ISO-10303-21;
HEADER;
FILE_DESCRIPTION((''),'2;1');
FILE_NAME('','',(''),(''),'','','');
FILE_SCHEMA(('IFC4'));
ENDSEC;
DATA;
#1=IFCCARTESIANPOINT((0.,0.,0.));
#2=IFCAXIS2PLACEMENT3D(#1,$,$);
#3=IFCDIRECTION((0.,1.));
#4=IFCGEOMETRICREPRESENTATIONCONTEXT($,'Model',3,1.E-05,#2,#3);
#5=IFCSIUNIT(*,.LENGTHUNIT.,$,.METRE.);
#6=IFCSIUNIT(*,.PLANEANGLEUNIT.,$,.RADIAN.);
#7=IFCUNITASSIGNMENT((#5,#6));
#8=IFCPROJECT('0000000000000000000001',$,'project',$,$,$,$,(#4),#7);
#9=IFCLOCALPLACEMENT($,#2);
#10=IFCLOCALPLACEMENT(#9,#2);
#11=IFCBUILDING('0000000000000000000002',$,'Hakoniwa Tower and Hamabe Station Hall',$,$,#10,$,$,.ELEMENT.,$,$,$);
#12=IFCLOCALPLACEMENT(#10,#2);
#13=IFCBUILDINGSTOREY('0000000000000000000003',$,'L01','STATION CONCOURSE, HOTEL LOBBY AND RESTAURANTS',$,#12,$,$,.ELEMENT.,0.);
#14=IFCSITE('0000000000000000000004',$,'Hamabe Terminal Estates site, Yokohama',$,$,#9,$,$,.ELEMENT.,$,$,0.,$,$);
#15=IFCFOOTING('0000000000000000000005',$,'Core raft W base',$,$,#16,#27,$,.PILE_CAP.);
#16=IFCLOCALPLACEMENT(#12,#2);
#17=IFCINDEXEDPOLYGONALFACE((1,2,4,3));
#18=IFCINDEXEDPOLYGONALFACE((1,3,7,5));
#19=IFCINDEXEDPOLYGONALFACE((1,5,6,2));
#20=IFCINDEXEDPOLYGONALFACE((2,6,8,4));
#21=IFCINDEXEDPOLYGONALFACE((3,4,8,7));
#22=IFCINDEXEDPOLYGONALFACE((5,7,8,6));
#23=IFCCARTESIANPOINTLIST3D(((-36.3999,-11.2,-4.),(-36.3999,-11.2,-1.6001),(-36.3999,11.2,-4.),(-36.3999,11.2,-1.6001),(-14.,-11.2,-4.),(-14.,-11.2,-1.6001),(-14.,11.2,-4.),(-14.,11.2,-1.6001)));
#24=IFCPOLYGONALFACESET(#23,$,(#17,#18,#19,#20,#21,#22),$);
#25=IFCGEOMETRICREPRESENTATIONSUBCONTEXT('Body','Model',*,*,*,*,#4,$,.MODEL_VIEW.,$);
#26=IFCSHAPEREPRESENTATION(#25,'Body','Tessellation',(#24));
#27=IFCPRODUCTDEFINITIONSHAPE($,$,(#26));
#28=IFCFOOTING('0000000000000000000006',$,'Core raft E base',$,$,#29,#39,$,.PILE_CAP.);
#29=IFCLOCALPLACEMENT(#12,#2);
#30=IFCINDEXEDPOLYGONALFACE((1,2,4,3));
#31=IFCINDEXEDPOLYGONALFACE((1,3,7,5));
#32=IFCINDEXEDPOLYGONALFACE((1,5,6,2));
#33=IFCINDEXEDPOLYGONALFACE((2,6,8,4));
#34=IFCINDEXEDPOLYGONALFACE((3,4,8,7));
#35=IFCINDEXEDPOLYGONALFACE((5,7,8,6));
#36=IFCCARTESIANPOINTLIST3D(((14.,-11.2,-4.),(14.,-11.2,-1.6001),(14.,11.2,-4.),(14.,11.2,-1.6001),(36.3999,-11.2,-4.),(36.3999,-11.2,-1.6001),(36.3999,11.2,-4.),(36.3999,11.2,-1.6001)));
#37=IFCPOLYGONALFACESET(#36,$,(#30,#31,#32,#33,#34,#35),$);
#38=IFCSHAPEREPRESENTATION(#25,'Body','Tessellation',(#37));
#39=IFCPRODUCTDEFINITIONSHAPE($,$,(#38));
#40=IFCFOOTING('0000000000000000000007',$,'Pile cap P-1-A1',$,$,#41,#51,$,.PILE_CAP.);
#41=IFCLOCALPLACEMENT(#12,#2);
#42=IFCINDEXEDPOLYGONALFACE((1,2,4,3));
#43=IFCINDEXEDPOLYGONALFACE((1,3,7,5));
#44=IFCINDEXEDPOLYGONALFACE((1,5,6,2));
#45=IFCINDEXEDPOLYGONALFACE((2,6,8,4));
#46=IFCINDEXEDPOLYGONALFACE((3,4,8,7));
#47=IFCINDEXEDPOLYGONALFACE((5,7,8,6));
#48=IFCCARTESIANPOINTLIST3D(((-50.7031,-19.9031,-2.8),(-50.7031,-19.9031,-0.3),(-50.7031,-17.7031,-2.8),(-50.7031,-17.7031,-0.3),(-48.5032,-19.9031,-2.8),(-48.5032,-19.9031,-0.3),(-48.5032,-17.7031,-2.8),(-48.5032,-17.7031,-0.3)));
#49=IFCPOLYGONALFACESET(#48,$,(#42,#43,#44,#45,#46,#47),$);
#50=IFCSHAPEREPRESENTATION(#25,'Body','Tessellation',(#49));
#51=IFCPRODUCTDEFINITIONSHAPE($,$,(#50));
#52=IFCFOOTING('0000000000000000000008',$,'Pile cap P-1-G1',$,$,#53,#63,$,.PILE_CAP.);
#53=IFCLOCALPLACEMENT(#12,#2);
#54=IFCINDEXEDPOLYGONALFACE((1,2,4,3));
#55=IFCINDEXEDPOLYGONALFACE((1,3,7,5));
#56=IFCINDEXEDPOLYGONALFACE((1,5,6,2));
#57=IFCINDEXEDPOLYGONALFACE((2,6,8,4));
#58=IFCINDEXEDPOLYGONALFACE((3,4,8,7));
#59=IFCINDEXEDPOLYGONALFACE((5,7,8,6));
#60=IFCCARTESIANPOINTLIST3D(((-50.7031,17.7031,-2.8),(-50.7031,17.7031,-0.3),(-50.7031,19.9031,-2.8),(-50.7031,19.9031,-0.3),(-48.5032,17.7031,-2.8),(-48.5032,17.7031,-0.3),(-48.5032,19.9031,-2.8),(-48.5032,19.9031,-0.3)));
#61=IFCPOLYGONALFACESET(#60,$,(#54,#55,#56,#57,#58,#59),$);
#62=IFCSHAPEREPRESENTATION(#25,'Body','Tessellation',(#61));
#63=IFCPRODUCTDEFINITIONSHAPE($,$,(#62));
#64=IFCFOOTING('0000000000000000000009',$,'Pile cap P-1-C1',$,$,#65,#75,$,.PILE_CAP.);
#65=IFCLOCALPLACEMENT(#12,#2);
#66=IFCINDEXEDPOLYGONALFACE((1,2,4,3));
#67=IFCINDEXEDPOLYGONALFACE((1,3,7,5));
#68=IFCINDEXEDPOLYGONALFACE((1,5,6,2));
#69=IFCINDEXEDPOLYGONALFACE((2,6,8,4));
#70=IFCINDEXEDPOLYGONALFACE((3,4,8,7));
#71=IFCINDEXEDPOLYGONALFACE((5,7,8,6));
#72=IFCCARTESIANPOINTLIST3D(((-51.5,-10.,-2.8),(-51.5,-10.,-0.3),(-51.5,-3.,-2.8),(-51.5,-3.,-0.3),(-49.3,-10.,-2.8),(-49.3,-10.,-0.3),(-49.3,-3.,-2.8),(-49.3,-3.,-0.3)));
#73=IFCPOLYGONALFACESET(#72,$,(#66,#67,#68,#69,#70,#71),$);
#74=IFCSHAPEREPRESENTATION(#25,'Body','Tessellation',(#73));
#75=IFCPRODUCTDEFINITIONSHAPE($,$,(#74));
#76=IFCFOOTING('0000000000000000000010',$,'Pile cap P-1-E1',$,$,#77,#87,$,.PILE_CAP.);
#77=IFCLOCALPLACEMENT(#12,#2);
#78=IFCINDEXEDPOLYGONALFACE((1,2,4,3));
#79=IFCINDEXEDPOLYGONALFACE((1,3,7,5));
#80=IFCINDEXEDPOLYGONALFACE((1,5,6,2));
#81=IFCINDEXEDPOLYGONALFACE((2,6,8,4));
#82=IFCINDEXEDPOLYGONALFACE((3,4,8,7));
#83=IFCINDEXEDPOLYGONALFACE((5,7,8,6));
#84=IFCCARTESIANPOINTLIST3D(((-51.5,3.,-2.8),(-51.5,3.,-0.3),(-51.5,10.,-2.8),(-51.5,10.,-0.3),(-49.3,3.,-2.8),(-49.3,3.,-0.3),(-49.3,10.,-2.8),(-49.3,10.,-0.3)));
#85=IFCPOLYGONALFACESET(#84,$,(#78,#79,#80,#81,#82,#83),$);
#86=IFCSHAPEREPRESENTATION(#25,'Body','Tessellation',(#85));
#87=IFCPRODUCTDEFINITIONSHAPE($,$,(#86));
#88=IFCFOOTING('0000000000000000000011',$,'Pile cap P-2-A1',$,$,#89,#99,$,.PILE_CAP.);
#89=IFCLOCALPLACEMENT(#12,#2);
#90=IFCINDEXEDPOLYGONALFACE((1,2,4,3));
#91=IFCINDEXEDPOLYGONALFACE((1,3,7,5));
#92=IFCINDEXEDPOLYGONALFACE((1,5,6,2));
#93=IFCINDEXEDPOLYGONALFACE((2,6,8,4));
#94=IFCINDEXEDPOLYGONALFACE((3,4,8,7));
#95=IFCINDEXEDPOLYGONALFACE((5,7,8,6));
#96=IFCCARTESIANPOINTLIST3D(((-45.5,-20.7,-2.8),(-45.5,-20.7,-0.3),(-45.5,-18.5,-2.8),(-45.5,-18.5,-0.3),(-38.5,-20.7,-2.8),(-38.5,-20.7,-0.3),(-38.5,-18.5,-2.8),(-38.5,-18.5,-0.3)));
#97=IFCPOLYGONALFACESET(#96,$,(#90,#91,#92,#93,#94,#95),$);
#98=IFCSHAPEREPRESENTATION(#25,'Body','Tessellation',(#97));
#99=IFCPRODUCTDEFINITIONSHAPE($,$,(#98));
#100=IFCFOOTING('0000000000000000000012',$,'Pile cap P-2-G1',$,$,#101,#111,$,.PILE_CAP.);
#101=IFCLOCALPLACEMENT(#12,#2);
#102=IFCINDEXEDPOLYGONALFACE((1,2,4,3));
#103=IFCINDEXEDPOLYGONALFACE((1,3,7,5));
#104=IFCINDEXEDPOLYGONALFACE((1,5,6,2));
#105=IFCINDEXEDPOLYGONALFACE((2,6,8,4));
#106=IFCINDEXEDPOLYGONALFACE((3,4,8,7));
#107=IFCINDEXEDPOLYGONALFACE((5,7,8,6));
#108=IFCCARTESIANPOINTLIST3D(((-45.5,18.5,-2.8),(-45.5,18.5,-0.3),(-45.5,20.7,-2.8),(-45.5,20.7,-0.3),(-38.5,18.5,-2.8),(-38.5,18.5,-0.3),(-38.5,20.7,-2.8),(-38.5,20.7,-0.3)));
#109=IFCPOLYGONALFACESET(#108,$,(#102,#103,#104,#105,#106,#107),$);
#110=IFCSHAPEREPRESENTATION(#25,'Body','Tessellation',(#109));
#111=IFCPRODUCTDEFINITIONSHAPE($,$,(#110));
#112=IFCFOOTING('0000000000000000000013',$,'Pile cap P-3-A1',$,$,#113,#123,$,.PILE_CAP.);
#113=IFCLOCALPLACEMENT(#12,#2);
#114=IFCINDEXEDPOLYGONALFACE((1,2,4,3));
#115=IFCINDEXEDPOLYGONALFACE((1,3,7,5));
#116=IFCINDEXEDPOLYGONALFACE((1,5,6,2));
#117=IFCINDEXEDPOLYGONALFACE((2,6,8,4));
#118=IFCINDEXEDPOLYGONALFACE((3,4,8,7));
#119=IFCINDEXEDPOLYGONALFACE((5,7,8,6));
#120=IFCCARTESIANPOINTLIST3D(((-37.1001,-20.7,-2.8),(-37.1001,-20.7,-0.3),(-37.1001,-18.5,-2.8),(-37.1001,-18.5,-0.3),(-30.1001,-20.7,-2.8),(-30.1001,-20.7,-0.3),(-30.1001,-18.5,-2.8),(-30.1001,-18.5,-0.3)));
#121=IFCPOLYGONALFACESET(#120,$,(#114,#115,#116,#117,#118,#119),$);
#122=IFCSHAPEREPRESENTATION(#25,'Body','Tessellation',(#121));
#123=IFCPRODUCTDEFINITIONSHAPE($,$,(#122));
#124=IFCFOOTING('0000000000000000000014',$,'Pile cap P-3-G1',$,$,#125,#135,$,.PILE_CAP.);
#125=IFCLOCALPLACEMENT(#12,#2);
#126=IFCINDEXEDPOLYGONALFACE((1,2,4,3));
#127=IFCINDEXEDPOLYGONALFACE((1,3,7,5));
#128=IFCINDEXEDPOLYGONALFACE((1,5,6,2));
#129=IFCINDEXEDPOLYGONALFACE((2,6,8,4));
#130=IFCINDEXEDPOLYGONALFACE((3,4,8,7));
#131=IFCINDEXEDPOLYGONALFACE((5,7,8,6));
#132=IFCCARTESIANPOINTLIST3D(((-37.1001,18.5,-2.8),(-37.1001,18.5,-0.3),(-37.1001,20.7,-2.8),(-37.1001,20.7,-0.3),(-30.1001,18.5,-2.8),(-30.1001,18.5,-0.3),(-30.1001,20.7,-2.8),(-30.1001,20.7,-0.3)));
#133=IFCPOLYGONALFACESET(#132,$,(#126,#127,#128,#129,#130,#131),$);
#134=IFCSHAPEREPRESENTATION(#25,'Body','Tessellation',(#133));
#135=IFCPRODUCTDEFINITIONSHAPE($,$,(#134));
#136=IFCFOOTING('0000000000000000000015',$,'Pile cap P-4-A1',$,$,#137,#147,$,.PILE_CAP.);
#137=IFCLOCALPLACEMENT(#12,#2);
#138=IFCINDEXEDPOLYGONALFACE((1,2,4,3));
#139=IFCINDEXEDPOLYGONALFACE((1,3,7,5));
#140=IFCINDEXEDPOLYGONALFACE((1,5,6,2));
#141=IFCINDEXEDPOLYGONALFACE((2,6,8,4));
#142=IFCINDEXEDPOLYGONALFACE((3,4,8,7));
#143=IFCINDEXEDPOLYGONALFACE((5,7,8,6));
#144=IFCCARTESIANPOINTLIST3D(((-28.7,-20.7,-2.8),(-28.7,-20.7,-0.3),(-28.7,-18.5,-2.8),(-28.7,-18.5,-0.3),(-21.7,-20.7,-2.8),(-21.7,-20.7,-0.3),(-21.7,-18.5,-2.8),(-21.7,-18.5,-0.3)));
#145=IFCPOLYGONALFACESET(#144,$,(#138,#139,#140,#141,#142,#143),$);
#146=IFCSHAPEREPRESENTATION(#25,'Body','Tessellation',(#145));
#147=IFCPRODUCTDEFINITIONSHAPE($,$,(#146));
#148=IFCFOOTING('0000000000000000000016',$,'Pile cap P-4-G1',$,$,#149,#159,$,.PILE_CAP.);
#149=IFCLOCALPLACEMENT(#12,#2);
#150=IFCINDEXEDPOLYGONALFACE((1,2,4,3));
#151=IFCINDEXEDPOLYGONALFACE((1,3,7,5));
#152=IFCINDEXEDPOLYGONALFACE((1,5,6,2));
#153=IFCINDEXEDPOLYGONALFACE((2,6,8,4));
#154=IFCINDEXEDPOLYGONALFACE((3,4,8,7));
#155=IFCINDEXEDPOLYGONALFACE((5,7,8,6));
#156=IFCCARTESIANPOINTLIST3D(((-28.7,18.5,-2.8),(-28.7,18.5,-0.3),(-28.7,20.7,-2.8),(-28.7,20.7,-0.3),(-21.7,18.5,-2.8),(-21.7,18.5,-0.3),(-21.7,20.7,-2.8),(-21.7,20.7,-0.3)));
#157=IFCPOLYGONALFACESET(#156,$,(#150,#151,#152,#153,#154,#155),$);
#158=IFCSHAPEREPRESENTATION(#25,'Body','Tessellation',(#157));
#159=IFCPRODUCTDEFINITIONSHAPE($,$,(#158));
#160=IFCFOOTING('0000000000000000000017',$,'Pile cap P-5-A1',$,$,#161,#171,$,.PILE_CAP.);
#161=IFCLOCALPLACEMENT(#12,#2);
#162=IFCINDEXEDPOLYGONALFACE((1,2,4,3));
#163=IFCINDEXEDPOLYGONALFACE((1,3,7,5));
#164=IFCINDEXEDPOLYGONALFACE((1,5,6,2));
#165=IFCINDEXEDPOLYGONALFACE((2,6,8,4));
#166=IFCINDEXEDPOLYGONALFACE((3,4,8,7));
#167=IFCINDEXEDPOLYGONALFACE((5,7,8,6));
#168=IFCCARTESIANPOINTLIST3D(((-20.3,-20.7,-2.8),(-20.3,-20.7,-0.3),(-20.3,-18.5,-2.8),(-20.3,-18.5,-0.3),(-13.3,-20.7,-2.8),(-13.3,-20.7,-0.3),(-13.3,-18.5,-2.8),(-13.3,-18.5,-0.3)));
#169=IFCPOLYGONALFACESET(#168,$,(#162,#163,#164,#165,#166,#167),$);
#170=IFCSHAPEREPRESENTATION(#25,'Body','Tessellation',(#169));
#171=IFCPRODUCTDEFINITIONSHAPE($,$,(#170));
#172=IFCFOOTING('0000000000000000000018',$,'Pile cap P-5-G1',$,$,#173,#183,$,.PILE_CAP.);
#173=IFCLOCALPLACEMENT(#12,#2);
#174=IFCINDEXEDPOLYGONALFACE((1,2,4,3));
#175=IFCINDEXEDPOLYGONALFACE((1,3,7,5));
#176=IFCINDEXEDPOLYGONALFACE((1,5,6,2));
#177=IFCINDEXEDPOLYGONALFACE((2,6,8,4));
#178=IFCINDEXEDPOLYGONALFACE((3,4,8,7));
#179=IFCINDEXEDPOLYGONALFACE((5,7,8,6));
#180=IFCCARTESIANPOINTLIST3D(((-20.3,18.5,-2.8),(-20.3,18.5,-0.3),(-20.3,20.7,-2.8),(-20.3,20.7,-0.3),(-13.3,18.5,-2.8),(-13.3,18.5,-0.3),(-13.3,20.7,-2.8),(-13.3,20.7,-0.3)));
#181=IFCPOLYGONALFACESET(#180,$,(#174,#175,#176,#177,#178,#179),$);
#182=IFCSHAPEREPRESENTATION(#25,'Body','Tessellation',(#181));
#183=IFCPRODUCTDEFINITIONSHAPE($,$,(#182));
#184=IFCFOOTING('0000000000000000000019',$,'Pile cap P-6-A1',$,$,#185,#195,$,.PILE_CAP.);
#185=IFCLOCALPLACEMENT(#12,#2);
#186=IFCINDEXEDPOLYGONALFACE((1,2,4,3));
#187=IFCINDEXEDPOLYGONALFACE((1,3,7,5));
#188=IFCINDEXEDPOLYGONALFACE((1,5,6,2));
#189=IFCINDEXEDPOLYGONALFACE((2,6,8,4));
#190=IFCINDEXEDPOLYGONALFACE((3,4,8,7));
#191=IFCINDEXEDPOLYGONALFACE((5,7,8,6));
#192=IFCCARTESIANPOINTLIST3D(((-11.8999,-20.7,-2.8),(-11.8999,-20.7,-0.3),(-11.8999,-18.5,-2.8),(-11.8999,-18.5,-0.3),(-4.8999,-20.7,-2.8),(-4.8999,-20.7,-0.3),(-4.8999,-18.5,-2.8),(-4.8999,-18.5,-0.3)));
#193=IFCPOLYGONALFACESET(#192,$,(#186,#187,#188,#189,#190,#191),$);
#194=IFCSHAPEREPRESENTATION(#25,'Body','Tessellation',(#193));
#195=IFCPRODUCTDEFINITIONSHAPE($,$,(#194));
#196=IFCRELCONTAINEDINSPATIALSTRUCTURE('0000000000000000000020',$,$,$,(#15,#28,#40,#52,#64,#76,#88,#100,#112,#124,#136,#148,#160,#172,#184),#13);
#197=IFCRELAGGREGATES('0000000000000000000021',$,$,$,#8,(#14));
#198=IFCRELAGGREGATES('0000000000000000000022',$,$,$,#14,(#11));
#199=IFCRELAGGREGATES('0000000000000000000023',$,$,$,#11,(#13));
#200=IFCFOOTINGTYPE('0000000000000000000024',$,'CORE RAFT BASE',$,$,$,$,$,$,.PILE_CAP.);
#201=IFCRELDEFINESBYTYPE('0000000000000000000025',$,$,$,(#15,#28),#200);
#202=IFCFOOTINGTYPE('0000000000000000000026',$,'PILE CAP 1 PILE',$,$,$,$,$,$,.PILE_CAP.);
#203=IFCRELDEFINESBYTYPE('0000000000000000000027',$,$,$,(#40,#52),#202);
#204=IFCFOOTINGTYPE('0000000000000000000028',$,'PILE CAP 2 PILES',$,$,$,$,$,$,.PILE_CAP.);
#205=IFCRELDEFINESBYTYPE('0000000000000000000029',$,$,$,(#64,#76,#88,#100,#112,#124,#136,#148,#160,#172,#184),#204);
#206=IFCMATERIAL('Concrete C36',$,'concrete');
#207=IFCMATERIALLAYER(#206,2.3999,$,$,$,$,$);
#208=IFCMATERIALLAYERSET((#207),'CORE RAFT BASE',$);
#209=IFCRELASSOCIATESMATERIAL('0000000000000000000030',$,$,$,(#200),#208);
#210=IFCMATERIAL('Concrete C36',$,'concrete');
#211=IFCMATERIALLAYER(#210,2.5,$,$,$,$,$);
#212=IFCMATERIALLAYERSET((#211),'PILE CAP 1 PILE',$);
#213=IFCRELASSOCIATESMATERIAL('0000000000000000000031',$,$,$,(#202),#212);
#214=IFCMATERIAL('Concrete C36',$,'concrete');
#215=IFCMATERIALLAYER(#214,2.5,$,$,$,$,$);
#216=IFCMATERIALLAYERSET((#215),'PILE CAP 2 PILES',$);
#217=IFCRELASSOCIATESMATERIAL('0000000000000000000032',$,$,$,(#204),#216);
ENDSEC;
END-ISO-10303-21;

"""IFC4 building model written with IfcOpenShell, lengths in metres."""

from ifc_helpers import new_model, si_unit, direction, frame, origin, place, context, subcontext, project, spatial, polyline, outline, extrude, material, layer, layer_set, type_object, element, save


model = new_model("IFC4")

# Units and contexts
model_context = context("Model", 3, precision=1e-05, world=origin(), true_north=direction((0.0, 1.0)))
body_context = subcontext(model_context, "Body", "Model", "MODEL_VIEW")
ifc_project = project(units=[si_unit("LENGTHUNIT", "METRE"), si_unit("PLANEANGLEUNIT", "RADIAN")], contexts=[model_context])

# Site, building, storey
site_placement = place(None, origin())
site = spatial("IfcSite", under=ifc_project, at=site_placement, Name="Hamabe Terminal Estates site, Yokohama", CompositionType="ELEMENT", RefElevation=0.0)
building_placement = place(site_placement, origin())
building = spatial("IfcBuilding", under=site, at=building_placement, Name="Hakoniwa Tower and Hamabe Station Hall", CompositionType="ELEMENT")
storey_placement = place(building_placement, origin())
storey = spatial("IfcBuildingStorey", under=building, at=storey_placement, Name="L01", Description="STATION CONCOURSE, HOTEL LOBBY AND RESTAURANTS", CompositionType="ELEMENT", Elevation=0.0)

# Footings
ifc_material_1 = material(Name="Concrete C36", Category="concrete")
ifc_layer_1 = layer(ifc_material_1, 2.3999)
ifc_layer_set_1 = layer_set([ifc_layer_1], Name="CORE RAFT BASE")
footing_type_1 = type_object("IfcFootingType", Name="CORE RAFT BASE", PredefinedType="PILE_CAP", material=ifc_layer_set_1)
footing_1_placement = place(storey_placement, frame((0.0, 0.0, -4.0)))
element("IfcFooting", 1, at=footing_1_placement, inside=storey, type_object=footing_type_1, Name="Core raft W base", PredefinedType="PILE_CAP", context=body_context, shape_type="SweptSolid", body=[
    extrude(outline(polyline([(-14.0, -11.2), (-14.0, 11.2), (-36.3999, 11.2), (-36.3999, -11.2), (-14.0, -11.2)])), origin(), (0.0, 0.0, 1.0), 2.3999),
])
footing_2_placement = place(storey_placement, frame((0.0, 0.0, -4.0)))
element("IfcFooting", 2, at=footing_2_placement, inside=storey, type_object=footing_type_1, Name="Core raft E base", PredefinedType="PILE_CAP", context=body_context, shape_type="SweptSolid", body=[
    extrude(outline(polyline([(36.3999, -11.2), (36.3999, 11.2), (14.0, 11.2), (14.0, -11.2), (36.3999, -11.2)])), origin(), (0.0, 0.0, 1.0), 2.3999),
])
ifc_material_2 = material(Name="Concrete C36", Category="concrete")
ifc_layer_2 = layer(ifc_material_2, 2.5)
ifc_layer_set_2 = layer_set([ifc_layer_2], Name="PILE CAP 1 PILE")
footing_type_2 = type_object("IfcFootingType", Name="PILE CAP 1 PILE", PredefinedType="PILE_CAP", material=ifc_layer_set_2)
footing_3_placement = place(storey_placement, frame((0.0, 0.0, -2.8)))
element("IfcFooting", 3, at=footing_3_placement, inside=storey, type_object=footing_type_2, Name="Pile cap P-1-A1", PredefinedType="PILE_CAP", context=body_context, shape_type="SweptSolid", body=[
    extrude(outline(polyline([(-48.5032, -19.9031), (-48.5032, -17.7031), (-50.7031, -17.7031), (-50.7031, -19.9031), (-48.5032, -19.9031)])), origin(), (0.0, 0.0, 1.0), 2.5),
])
footing_4_placement = place(storey_placement, frame((0.0, 0.0, -2.8)))
element("IfcFooting", 4, at=footing_4_placement, inside=storey, type_object=footing_type_2, Name="Pile cap P-1-G1", PredefinedType="PILE_CAP", context=body_context, shape_type="SweptSolid", body=[
    extrude(outline(polyline([(-48.5032, 17.7031), (-48.5032, 19.9031), (-50.7031, 19.9031), (-50.7031, 17.7031), (-48.5032, 17.7031)])), origin(), (0.0, 0.0, 1.0), 2.5),
])
ifc_material_3 = material(Name="Concrete C36", Category="concrete")
ifc_layer_3 = layer(ifc_material_3, 2.5)
ifc_layer_set_3 = layer_set([ifc_layer_3], Name="PILE CAP 2 PILES")
footing_type_3 = type_object("IfcFootingType", Name="PILE CAP 2 PILES", PredefinedType="PILE_CAP", material=ifc_layer_set_3)
footing_5_placement = place(storey_placement, frame((0.0, 0.0, -2.8)))
element("IfcFooting", 5, at=footing_5_placement, inside=storey, type_object=footing_type_3, Name="Pile cap P-1-C1", PredefinedType="PILE_CAP", context=body_context, shape_type="SweptSolid", body=[
    extrude(outline(polyline([(-49.3, -10.0), (-49.3, -3.0), (-51.5, -3.0), (-51.5, -10.0), (-49.3, -10.0)])), origin(), (0.0, 0.0, 1.0), 2.5),
])
footing_6_placement = place(storey_placement, frame((0.0, 0.0, -2.8)))
element("IfcFooting", 6, at=footing_6_placement, inside=storey, type_object=footing_type_3, Name="Pile cap P-1-E1", PredefinedType="PILE_CAP", context=body_context, shape_type="SweptSolid", body=[
    extrude(outline(polyline([(-49.3, 3.0), (-49.3, 10.0), (-51.5, 10.0), (-51.5, 3.0), (-49.3, 3.0)])), origin(), (0.0, 0.0, 1.0), 2.5),
])
footing_7_placement = place(storey_placement, frame((0.0, 0.0, -2.8)))
element("IfcFooting", 7, at=footing_7_placement, inside=storey, type_object=footing_type_3, Name="Pile cap P-2-A1", PredefinedType="PILE_CAP", context=body_context, shape_type="SweptSolid", body=[
    extrude(outline(polyline([(-38.5, -20.7), (-38.5, -18.5), (-45.5, -18.5), (-45.5, -20.7), (-38.5, -20.7)])), origin(), (0.0, 0.0, 1.0), 2.5),
])
footing_8_placement = place(storey_placement, frame((0.0, 0.0, -2.8)))
element("IfcFooting", 8, at=footing_8_placement, inside=storey, type_object=footing_type_3, Name="Pile cap P-2-G1", PredefinedType="PILE_CAP", context=body_context, shape_type="SweptSolid", body=[
    extrude(outline(polyline([(-38.5, 18.5), (-38.5, 20.7), (-45.5, 20.7), (-45.5, 18.5), (-38.5, 18.5)])), origin(), (0.0, 0.0, 1.0), 2.5),
])
footing_9_placement = place(storey_placement, frame((0.0, 0.0, -2.8)))
element("IfcFooting", 9, at=footing_9_placement, inside=storey, type_object=footing_type_3, Name="Pile cap P-3-A1", PredefinedType="PILE_CAP", context=body_context, shape_type="SweptSolid", body=[
    extrude(outline(polyline([(-30.1001, -20.7), (-30.1001, -18.5), (-37.1001, -18.5), (-37.1001, -20.7), (-30.1001, -20.7)])), origin(), (0.0, 0.0, 1.0), 2.5),
])
footing_10_placement = place(storey_placement, frame((0.0, 0.0, -2.8)))
element("IfcFooting", 10, at=footing_10_placement, inside=storey, type_object=footing_type_3, Name="Pile cap P-3-G1", PredefinedType="PILE_CAP", context=body_context, shape_type="SweptSolid", body=[
    extrude(outline(polyline([(-30.1001, 18.5), (-30.1001, 20.7), (-37.1001, 20.7), (-37.1001, 18.5), (-30.1001, 18.5)])), origin(), (0.0, 0.0, 1.0), 2.5),
])
footing_11_placement = place(storey_placement, frame((0.0, 0.0, -2.8)))
element("IfcFooting", 11, at=footing_11_placement, inside=storey, type_object=footing_type_3, Name="Pile cap P-4-A1", PredefinedType="PILE_CAP", context=body_context, shape_type="SweptSolid", body=[
    extrude(outline(polyline([(-21.7, -20.7), (-21.7, -18.5), (-28.7, -18.5), (-28.7, -20.7), (-21.7, -20.7)])), origin(), (0.0, 0.0, 1.0), 2.5),
])
footing_12_placement = place(storey_placement, frame((0.0, 0.0, -2.8)))
element("IfcFooting", 12, at=footing_12_placement, inside=storey, type_object=footing_type_3, Name="Pile cap P-4-G1", PredefinedType="PILE_CAP", context=body_context, shape_type="SweptSolid", body=[
    extrude(outline(polyline([(-21.7, 18.5), (-21.7, 20.7), (-28.7, 20.7), (-28.7, 18.5), (-21.7, 18.5)])), origin(), (0.0, 0.0, 1.0), 2.5),
])
footing_13_placement = place(storey_placement, frame((0.0, 0.0, -2.8)))
element("IfcFooting", 13, at=footing_13_placement, inside=storey, type_object=footing_type_3, Name="Pile cap P-5-A1", PredefinedType="PILE_CAP", context=body_context, shape_type="SweptSolid", body=[
    extrude(outline(polyline([(-13.3, -20.7), (-13.3, -18.5), (-20.3, -18.5), (-20.3, -20.7), (-13.3, -20.7)])), origin(), (0.0, 0.0, 1.0), 2.5),
])
footing_14_placement = place(storey_placement, frame((0.0, 0.0, -2.8)))
element("IfcFooting", 14, at=footing_14_placement, inside=storey, type_object=footing_type_3, Name="Pile cap P-5-G1", PredefinedType="PILE_CAP", context=body_context, shape_type="SweptSolid", body=[
    extrude(outline(polyline([(-13.3, 18.5), (-13.3, 20.7), (-20.3, 20.7), (-20.3, 18.5), (-13.3, 18.5)])), origin(), (0.0, 0.0, 1.0), 2.5),
])
footing_15_placement = place(storey_placement, frame((0.0, 0.0, -2.8)))
element("IfcFooting", 15, at=footing_15_placement, inside=storey, type_object=footing_type_3, Name="Pile cap P-6-A1", PredefinedType="PILE_CAP", context=body_context, shape_type="SweptSolid", body=[
    extrude(outline(polyline([(-4.8999, -20.7), (-4.8999, -18.5), (-11.8999, -18.5), (-11.8999, -20.7), (-4.8999, -20.7)])), origin(), (0.0, 0.0, 1.0), 2.5),
])

save(model, "model.ifc")
